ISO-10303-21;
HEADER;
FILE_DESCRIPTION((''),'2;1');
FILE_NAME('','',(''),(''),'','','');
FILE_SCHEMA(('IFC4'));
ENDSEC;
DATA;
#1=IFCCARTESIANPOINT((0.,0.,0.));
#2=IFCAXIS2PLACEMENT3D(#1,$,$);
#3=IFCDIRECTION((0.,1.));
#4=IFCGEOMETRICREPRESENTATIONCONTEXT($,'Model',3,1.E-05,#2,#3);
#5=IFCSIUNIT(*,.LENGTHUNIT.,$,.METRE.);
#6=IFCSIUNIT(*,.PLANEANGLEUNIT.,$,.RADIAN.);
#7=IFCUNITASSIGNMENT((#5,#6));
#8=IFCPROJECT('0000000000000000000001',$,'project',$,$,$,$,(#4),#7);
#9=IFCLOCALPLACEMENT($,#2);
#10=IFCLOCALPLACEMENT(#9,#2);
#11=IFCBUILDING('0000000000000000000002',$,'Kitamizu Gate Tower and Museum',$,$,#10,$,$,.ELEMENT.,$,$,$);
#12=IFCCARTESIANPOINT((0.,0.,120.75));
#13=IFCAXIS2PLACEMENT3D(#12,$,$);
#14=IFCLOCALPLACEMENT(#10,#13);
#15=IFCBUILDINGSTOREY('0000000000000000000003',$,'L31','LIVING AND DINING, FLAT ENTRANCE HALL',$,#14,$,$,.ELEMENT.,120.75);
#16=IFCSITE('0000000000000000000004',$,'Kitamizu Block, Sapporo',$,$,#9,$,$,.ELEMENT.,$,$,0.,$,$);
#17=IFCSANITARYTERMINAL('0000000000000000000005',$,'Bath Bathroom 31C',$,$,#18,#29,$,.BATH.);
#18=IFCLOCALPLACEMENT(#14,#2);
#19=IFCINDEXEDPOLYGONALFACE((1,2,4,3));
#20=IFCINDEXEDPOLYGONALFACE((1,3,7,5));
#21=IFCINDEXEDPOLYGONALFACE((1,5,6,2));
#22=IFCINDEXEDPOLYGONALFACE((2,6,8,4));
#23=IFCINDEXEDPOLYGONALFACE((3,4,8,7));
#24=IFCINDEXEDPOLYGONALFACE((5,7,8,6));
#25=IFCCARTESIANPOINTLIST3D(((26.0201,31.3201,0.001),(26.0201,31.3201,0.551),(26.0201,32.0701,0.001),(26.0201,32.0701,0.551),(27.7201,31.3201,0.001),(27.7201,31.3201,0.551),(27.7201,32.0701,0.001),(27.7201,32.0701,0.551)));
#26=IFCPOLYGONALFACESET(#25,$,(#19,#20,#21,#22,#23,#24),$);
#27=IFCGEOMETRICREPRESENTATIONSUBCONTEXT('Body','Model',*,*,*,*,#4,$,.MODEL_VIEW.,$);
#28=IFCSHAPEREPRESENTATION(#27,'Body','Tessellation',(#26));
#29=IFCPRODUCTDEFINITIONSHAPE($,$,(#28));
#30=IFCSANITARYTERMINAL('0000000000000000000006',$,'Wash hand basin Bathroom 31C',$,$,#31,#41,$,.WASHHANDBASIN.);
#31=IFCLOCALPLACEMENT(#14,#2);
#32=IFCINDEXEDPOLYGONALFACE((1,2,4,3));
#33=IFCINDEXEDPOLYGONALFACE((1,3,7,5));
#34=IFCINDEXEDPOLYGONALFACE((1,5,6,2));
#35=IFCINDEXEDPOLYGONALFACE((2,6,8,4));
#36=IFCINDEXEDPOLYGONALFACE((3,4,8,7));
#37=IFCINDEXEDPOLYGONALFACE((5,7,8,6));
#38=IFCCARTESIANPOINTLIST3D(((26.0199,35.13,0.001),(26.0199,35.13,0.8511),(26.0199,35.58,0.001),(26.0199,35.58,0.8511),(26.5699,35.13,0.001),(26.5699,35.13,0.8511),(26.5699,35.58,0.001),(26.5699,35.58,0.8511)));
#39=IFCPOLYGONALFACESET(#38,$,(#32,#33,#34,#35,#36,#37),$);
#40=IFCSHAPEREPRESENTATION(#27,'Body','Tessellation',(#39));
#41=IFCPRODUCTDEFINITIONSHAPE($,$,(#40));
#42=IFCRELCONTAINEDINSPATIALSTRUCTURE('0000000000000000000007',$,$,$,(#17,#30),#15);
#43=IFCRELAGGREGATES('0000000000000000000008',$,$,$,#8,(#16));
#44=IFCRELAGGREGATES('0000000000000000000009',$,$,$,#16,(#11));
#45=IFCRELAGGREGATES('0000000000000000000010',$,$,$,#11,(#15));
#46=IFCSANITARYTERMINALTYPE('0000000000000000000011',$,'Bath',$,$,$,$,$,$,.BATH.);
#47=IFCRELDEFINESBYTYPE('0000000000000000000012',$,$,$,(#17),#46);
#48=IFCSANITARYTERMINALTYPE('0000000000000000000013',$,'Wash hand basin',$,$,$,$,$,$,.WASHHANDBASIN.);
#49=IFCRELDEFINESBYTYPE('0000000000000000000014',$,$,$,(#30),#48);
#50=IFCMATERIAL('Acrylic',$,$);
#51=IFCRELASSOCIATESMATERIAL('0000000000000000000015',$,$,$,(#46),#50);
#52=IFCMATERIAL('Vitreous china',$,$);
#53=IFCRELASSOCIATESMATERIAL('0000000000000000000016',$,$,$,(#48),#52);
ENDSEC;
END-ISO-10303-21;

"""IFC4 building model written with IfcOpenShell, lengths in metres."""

from ifc_helpers import new_model, si_unit, direction, frame, origin, origin_2d, place, context, subcontext, project, spatial, rectangle, extrude, material, type_object, element, save


model = new_model("IFC4")

# Units and contexts
model_context = context("Model", 3, precision=1e-05, world=origin(), true_north=direction((0.0, 1.0)))
body_context = subcontext(model_context, "Body", "Model", "MODEL_VIEW")
ifc_project = project(units=[si_unit("LENGTHUNIT", "METRE"), si_unit("PLANEANGLEUNIT", "RADIAN")], contexts=[model_context])

# Site, building, storey
site_placement = place(None, origin())
site = spatial("IfcSite", under=ifc_project, at=site_placement, Name="Kitamizu Block, Sapporo", CompositionType="ELEMENT", RefElevation=0.0)
building_placement = place(site_placement, origin())
building = spatial("IfcBuilding", under=site, at=building_placement, Name="Kitamizu Gate Tower and Museum", CompositionType="ELEMENT")
storey_placement = place(building_placement, frame((0.0, 0.0, 120.75)))
storey = spatial("IfcBuildingStorey", under=building, at=storey_placement, Name="L31", Description="LIVING AND DINING, FLAT ENTRANCE HALL", CompositionType="ELEMENT", Elevation=120.75)

# Sanitary terminals
ifc_material_1 = material(Name="Acrylic")
sanitary_terminal_type_1 = type_object("IfcSanitaryTerminalType", Name="Bath", PredefinedType="BATH", material=ifc_material_1)
for number, where, z_axis, x_axis, name in (
    (1, (26.8701, 31.6951, 0.001), (0.0, 0.0, 1.0), (1.0, 0.0, 0.0), "Bath Bathroom 31C"),
):
    element("IfcSanitaryTerminal", number, at=place(storey_placement, frame(where, z_axis=z_axis, x_axis=x_axis)), inside=storey, type_object=sanitary_terminal_type_1, Name=name, PredefinedType="BATH", context=body_context, shape_type="SweptSolid", body=[
        extrude(rectangle(XDim=1.7, YDim=0.75, at=origin_2d()), origin(), (0.0, 0.0, 1.0), 0.55),
    ])
ifc_material_2 = material(Name="Vitreous china")
sanitary_terminal_type_2 = type_object("IfcSanitaryTerminalType", Name="Wash hand basin", PredefinedType="WASHHANDBASIN", material=ifc_material_2)
sanitary_terminal_placement = place(storey_placement, frame((26.2949, 35.355, 0.001), z_axis=(0.0, 0.0, 1.0), x_axis=(1.0, 0.0, 0.0)))
element("IfcSanitaryTerminal", 2, at=sanitary_terminal_placement, inside=storey, type_object=sanitary_terminal_type_2, Name="Wash hand basin Bathroom 31C", PredefinedType="WASHHANDBASIN", context=body_context, shape_type="SweptSolid", body=[
    extrude(rectangle(XDim=0.55, YDim=0.45, at=origin_2d()), origin(), (0.0, 0.0, 1.0), 0.8501),
])

save(model, "model.ifc")
